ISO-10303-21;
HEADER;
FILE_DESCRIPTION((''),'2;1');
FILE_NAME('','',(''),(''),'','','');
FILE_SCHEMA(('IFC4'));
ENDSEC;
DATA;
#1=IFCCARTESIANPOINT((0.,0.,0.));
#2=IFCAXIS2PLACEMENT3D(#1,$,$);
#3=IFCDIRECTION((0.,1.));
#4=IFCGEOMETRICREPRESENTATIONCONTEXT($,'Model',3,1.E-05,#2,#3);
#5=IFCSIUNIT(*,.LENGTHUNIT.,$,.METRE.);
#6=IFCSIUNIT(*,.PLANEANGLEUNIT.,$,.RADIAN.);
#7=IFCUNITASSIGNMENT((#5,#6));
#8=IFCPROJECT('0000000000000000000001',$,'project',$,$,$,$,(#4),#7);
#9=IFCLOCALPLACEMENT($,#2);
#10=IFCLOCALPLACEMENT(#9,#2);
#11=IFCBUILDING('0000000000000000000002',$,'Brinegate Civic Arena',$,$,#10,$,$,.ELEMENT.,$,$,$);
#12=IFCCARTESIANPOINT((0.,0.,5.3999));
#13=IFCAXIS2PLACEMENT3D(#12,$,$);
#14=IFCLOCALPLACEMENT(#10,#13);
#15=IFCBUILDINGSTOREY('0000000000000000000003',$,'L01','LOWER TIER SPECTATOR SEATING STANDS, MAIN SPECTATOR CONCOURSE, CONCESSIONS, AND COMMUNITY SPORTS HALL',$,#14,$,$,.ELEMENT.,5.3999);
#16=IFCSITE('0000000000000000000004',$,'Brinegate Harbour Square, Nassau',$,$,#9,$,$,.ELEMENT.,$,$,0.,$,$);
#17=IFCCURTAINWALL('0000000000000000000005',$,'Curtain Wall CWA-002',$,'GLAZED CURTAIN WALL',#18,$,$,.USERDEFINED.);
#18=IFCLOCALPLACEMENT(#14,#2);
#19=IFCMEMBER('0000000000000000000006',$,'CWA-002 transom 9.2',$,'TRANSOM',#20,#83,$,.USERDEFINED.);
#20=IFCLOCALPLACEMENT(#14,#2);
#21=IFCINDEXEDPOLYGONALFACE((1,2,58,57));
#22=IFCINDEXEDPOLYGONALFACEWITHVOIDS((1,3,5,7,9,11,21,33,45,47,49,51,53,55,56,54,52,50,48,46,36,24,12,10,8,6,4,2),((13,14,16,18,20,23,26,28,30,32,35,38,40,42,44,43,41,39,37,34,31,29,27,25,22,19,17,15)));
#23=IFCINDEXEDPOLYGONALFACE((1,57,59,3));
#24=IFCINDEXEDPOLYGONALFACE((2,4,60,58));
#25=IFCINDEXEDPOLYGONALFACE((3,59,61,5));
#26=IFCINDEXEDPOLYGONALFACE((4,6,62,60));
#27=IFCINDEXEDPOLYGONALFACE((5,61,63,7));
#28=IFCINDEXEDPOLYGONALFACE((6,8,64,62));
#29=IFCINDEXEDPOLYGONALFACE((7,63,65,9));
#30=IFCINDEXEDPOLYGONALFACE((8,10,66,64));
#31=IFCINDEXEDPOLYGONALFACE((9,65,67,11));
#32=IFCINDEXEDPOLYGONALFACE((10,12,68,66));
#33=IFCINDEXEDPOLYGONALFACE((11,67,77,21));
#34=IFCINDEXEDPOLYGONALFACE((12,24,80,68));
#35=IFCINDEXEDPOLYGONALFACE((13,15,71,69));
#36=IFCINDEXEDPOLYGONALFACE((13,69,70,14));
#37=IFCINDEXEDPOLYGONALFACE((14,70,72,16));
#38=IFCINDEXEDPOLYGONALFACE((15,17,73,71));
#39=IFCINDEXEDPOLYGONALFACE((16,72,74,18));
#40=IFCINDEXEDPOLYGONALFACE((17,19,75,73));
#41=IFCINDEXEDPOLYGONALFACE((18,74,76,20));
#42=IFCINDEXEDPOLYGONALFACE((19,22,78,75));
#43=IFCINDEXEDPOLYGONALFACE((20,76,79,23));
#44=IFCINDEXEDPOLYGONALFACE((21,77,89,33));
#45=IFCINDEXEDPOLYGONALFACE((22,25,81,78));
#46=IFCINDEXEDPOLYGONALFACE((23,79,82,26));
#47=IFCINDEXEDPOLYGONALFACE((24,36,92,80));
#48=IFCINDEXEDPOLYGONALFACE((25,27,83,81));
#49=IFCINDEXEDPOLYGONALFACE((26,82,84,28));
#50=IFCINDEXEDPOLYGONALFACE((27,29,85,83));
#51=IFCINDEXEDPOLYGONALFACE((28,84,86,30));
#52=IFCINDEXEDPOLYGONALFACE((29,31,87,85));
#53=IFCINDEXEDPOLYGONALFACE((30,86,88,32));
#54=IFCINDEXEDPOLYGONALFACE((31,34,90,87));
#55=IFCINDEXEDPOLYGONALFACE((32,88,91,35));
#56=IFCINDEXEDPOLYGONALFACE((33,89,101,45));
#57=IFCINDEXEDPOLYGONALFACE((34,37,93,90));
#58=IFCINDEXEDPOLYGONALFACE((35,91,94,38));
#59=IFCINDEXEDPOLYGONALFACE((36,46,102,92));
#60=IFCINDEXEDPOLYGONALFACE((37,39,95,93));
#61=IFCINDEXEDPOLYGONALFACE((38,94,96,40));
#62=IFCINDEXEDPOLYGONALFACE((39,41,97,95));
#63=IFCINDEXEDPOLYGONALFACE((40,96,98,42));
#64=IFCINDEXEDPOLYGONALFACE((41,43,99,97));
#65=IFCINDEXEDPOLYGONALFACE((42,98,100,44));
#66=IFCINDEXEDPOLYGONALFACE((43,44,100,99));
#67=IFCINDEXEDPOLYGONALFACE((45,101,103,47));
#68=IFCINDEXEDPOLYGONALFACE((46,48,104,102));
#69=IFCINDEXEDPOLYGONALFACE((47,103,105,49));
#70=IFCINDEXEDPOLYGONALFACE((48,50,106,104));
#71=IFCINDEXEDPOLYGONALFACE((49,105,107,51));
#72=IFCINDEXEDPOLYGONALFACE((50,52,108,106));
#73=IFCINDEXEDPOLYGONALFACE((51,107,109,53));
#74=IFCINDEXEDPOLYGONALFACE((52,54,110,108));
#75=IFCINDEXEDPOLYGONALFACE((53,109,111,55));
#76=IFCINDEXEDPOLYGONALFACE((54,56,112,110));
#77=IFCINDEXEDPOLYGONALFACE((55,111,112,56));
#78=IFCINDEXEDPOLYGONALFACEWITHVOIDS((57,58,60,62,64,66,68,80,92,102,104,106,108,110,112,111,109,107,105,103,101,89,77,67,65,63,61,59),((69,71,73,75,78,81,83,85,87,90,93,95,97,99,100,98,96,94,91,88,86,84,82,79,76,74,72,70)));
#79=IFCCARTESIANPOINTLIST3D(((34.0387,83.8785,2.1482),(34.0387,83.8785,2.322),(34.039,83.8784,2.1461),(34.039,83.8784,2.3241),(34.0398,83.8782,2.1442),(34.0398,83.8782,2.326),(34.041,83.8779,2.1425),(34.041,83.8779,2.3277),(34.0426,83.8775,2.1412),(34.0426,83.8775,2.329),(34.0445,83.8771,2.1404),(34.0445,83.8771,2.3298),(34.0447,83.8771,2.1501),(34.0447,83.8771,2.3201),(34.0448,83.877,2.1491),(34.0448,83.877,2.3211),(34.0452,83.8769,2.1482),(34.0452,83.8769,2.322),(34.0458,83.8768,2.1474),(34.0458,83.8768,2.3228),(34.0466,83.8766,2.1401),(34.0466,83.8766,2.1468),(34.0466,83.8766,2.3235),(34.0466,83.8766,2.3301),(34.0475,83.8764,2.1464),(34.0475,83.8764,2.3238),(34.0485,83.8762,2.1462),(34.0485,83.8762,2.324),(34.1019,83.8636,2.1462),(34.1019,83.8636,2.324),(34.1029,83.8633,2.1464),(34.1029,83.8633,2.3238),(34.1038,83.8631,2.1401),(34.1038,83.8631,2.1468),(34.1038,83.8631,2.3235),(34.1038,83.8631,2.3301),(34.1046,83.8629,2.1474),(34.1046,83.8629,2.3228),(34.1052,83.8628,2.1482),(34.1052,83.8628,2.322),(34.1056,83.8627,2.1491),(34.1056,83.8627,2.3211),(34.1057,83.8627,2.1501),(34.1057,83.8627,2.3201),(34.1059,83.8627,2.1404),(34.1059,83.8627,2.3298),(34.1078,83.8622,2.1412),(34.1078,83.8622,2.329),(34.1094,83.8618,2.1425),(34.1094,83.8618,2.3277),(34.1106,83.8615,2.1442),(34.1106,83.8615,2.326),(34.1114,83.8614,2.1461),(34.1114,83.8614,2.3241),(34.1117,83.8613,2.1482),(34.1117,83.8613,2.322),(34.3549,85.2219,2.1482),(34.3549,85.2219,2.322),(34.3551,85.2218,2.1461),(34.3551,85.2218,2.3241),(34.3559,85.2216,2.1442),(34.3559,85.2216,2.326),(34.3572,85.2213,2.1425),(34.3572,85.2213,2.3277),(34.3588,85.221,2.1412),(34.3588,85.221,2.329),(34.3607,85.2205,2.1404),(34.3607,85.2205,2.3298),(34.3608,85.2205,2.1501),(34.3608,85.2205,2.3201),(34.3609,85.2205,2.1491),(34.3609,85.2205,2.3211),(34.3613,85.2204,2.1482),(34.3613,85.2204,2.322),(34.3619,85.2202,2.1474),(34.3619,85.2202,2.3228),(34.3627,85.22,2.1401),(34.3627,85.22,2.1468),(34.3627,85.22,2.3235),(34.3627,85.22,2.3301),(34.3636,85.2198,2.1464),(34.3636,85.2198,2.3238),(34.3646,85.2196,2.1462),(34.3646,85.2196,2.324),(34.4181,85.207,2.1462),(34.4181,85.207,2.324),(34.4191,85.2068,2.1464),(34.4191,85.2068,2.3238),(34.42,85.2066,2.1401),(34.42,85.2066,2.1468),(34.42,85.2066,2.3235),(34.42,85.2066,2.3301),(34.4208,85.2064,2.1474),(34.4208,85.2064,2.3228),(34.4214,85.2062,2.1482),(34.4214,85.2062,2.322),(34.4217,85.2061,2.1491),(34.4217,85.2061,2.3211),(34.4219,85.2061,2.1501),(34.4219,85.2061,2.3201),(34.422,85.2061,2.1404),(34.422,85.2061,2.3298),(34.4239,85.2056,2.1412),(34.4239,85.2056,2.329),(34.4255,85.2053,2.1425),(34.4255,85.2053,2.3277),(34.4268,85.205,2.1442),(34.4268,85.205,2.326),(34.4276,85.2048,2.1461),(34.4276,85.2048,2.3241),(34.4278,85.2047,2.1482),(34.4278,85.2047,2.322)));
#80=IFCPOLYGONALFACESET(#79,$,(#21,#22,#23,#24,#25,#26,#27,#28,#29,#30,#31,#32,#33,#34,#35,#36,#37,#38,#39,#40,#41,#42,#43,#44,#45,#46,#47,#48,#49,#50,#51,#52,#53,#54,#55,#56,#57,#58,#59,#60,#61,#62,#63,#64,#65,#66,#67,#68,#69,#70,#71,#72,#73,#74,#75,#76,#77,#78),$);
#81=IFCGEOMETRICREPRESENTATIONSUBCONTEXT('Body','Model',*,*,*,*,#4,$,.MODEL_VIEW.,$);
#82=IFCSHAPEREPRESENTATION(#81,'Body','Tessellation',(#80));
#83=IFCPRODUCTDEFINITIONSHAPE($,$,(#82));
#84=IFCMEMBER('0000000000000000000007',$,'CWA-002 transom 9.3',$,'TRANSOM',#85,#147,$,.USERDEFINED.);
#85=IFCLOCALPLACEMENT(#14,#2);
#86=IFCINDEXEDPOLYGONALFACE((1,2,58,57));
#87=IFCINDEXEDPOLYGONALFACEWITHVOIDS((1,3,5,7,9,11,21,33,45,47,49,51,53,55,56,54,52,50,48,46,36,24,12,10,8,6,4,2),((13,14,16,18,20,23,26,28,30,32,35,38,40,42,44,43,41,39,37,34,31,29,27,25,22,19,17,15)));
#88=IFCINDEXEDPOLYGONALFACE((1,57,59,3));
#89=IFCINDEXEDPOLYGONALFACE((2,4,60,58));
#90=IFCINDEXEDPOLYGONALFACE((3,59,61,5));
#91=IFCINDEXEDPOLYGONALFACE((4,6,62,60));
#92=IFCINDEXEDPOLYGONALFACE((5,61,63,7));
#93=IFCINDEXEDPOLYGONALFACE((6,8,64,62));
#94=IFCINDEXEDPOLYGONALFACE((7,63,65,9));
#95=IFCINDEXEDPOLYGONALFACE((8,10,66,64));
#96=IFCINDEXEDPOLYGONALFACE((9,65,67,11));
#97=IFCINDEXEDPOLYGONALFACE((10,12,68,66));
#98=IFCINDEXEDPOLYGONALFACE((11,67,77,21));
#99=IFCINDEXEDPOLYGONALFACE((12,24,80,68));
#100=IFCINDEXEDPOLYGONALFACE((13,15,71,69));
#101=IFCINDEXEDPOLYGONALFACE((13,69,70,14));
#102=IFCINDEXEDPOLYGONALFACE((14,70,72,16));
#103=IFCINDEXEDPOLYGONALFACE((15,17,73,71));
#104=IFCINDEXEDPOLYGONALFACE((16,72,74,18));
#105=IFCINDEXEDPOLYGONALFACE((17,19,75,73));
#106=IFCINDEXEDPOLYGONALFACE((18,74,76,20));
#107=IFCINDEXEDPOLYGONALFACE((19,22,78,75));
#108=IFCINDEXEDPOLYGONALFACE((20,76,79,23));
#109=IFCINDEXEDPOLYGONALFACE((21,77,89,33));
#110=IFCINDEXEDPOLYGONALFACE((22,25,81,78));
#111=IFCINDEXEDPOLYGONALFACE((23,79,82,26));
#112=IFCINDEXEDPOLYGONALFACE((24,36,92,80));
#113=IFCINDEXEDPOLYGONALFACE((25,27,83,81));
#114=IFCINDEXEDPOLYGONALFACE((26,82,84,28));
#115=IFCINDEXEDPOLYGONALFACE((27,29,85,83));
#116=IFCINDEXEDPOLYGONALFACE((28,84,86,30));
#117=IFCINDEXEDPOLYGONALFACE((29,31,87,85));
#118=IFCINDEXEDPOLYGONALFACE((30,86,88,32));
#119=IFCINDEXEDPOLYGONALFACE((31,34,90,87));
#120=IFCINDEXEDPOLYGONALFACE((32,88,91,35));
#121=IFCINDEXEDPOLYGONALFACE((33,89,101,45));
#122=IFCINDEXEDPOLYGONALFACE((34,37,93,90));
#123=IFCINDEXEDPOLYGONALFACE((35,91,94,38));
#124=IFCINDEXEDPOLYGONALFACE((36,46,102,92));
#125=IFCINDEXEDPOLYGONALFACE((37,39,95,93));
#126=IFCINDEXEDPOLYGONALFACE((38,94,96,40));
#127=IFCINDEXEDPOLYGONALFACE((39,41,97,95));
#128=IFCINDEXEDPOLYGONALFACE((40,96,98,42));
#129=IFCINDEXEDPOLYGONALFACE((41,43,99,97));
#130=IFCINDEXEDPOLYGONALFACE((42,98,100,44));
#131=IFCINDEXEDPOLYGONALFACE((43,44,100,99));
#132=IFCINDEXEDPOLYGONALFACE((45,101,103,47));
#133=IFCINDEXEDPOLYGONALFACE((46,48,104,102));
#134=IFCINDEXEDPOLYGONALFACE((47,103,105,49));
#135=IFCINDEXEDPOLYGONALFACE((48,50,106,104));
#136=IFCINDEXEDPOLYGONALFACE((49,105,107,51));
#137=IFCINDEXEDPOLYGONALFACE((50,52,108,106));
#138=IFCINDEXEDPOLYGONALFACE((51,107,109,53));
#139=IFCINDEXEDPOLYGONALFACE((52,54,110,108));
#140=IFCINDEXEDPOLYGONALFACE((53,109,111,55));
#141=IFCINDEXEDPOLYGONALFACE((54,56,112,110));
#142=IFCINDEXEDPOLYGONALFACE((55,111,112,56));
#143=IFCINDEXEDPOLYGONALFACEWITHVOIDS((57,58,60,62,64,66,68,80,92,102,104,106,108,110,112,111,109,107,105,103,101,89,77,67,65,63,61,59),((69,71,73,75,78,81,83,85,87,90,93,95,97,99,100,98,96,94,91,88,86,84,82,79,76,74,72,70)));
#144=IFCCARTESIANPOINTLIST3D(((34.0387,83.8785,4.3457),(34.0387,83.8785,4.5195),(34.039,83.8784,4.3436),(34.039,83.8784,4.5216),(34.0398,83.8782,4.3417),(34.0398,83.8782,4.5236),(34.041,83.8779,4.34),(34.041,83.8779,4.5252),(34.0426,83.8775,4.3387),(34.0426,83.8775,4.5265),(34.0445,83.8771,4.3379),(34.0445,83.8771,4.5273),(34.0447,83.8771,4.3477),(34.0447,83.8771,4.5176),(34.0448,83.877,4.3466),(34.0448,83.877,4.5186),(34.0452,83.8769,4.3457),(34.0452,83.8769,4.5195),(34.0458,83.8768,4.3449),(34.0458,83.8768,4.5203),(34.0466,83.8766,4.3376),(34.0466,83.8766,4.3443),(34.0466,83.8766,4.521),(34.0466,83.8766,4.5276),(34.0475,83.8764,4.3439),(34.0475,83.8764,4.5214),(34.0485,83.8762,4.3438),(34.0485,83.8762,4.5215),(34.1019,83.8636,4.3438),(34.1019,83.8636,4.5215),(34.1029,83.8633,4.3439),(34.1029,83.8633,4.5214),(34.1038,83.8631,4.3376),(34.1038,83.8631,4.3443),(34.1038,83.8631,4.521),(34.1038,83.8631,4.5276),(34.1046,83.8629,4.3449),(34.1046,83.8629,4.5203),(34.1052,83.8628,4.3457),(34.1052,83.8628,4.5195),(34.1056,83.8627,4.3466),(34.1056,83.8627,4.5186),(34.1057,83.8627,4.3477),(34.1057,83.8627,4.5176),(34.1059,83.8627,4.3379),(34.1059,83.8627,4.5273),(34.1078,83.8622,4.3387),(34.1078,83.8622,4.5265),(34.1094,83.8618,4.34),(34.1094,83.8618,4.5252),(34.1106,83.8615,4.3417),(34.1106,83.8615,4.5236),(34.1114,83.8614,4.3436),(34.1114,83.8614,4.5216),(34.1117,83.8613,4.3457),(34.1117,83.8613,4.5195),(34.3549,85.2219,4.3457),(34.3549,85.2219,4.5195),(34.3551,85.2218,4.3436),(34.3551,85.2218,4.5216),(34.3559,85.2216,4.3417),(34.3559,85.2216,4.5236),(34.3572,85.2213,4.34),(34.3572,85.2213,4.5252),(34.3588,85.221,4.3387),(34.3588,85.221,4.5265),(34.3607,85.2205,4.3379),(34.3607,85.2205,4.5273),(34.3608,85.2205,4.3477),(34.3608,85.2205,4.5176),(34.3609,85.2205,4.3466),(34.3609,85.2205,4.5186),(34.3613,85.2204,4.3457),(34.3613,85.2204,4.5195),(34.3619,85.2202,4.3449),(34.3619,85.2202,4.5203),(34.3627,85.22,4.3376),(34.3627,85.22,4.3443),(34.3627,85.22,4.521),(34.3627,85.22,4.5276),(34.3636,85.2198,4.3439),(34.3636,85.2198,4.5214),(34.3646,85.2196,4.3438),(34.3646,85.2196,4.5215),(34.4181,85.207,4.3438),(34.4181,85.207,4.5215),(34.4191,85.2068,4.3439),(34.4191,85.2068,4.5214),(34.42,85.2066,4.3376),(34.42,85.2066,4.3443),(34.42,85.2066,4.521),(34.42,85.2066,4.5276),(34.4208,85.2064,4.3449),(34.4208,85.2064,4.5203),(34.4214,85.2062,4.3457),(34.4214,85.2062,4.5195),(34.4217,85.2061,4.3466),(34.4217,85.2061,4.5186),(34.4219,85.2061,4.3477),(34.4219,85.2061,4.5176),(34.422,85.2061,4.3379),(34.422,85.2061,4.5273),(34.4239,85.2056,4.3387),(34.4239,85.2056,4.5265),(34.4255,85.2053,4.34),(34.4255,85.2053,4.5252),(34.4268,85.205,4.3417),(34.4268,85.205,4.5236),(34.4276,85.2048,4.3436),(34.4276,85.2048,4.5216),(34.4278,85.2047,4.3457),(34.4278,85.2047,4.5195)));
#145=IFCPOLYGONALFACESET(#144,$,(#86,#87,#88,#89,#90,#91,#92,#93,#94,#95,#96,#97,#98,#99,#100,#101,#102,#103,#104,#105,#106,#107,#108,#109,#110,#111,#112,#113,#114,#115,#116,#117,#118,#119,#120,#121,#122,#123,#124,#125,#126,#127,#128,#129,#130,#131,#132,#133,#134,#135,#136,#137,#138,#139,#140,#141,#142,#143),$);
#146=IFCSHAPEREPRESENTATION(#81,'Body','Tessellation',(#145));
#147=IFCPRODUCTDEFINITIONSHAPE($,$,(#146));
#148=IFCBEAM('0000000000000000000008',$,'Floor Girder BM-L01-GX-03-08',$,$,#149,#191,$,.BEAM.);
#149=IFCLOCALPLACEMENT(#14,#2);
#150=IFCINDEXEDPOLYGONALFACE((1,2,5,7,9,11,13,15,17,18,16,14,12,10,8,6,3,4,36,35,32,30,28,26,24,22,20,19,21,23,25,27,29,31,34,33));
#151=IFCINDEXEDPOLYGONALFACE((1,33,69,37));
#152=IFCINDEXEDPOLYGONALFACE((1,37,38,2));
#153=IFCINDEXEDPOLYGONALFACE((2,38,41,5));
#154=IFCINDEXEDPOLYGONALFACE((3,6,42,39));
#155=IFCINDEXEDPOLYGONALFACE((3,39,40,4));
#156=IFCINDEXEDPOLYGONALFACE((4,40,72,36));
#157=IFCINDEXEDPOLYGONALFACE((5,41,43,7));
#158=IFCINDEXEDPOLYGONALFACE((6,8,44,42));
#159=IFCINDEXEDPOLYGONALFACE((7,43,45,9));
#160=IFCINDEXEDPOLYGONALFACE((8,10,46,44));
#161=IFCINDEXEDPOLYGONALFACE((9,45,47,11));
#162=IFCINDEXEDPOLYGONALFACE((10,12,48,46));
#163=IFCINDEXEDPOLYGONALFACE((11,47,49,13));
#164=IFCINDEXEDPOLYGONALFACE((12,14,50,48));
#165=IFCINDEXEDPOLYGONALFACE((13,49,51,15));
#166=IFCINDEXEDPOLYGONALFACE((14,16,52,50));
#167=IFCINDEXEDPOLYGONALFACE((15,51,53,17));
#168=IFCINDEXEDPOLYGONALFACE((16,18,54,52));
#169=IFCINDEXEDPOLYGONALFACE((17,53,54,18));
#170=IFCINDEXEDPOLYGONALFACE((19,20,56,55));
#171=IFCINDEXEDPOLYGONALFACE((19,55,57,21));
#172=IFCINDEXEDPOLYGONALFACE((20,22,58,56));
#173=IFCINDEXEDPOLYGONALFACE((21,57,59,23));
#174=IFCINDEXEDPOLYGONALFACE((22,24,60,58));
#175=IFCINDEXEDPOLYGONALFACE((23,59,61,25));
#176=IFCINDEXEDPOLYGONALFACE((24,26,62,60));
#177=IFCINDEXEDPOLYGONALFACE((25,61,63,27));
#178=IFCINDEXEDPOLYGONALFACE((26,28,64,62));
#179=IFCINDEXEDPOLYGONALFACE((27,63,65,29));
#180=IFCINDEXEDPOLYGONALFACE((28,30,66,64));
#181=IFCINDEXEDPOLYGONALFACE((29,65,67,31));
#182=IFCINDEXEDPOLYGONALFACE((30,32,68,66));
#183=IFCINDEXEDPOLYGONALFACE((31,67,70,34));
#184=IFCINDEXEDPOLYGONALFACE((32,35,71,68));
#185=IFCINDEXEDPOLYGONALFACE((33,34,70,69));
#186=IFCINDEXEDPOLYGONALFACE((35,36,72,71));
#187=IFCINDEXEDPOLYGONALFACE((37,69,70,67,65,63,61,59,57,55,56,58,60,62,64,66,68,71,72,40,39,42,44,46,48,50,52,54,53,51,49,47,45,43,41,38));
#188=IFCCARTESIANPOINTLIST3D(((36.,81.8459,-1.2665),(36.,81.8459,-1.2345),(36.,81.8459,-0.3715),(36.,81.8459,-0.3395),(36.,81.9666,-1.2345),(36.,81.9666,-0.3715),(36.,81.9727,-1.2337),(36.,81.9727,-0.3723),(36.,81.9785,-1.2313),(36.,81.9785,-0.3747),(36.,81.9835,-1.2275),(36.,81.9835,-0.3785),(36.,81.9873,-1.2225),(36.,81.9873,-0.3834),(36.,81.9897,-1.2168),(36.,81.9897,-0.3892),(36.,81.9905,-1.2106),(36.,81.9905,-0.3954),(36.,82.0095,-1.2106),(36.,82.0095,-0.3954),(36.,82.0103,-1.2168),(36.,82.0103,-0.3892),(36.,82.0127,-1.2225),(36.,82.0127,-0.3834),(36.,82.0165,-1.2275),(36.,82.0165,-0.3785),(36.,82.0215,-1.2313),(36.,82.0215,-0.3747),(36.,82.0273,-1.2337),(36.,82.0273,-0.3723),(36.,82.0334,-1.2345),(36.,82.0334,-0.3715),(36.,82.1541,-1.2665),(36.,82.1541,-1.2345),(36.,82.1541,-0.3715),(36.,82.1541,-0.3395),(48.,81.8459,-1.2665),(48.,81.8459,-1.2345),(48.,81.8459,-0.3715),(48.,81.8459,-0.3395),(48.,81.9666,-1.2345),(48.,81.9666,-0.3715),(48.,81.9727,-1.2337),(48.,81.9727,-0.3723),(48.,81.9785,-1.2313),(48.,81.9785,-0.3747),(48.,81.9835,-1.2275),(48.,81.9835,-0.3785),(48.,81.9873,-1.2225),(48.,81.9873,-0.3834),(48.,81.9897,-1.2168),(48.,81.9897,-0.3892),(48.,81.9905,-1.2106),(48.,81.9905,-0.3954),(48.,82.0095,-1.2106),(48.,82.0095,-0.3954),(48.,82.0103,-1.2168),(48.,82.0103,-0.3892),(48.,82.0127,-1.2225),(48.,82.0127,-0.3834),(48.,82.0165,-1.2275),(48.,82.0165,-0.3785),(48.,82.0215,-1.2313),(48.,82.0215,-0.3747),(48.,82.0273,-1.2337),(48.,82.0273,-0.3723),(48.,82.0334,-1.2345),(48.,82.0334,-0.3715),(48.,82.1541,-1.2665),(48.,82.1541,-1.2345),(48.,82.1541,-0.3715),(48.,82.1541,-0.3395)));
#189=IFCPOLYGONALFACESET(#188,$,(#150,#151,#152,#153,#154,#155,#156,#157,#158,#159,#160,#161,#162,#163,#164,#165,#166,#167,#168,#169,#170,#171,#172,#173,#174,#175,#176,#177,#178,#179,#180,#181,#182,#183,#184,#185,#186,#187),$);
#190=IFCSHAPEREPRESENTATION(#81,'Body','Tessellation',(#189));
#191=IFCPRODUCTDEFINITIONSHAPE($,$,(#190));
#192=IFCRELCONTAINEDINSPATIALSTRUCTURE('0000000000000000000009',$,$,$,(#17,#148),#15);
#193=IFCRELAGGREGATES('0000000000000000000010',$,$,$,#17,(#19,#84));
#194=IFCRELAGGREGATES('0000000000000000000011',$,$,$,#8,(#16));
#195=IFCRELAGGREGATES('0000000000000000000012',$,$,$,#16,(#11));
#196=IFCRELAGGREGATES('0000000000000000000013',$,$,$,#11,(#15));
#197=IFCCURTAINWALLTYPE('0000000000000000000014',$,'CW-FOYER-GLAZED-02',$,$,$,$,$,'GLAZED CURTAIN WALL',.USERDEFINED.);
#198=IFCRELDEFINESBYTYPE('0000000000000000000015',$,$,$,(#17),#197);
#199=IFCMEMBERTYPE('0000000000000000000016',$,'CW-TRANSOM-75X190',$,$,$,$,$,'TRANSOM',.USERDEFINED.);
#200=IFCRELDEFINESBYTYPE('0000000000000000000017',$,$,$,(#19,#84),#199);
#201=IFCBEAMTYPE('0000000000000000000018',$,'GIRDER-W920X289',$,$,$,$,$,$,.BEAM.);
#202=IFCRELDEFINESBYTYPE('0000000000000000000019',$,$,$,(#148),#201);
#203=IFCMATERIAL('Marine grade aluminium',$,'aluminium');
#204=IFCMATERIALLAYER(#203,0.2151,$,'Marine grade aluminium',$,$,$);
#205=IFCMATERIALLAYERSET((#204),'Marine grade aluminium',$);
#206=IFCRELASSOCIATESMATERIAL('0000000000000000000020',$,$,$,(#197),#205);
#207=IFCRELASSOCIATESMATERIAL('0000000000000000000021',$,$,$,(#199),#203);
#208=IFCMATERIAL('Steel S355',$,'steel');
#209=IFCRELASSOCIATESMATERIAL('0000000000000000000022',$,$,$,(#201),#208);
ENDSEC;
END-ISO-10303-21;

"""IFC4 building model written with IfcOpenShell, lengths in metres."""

from ifc_helpers import new_model, si_unit, direction, frame, origin, origin_2d, place, context, subcontext, project, spatial, hollow_rectangle, i_section, extrude, material, layer, layer_set, material_profile, profile_set, type_object, element, aggregate, save


model = new_model("IFC4")

# Units and contexts
model_context = context("Model", 3, precision=1e-05, world=origin(), true_north=direction((0.0, 1.0)))
body_context = subcontext(model_context, "Body", "Model", "MODEL_VIEW")
ifc_project = project(units=[si_unit("LENGTHUNIT", "METRE"), si_unit("PLANEANGLEUNIT", "RADIAN")], contexts=[model_context])

# Site, building, storey
site_placement = place(None, origin())
site = spatial("IfcSite", under=ifc_project, at=site_placement, Name="Brinegate Harbour Square, Nassau", CompositionType="ELEMENT", RefElevation=0.0)
building_placement = place(site_placement, origin())
building = spatial("IfcBuilding", under=site, at=building_placement, Name="Brinegate Civic Arena", CompositionType="ELEMENT")
storey_placement = place(building_placement, frame((0.0, 0.0, 5.3999)))
storey = spatial("IfcBuildingStorey", under=building, at=storey_placement, Name="L01", Description="LOWER TIER SPECTATOR SEATING STANDS, MAIN SPECTATOR CONCOURSE, CONCESSIONS, AND COMMUNITY SPORTS HALL", CompositionType="ELEMENT", Elevation=5.3999)

# Curtain wall, members
ifc_material_1 = material(Name="Marine grade aluminium", Category="aluminium")
ifc_layer_1 = layer(ifc_material_1, 0.2151, Name="Marine grade aluminium")
ifc_layer_set_1 = layer_set([ifc_layer_1], Name="Marine grade aluminium")
curtain_wall_type = type_object("IfcCurtainWallType", Name="CW-FOYER-GLAZED-02", ElementType="GLAZED CURTAIN WALL", PredefinedType="USERDEFINED", material=ifc_layer_set_1)
curtain_wall_placement = place(storey_placement, origin())
curtain_wall = element("IfcCurtainWall", 1, at=curtain_wall_placement, inside=storey, type_object=curtain_wall_type, Name="Curtain Wall CWA-002", ObjectType="GLAZED CURTAIN WALL", PredefinedType="USERDEFINED")
ifc_material_profile_1 = material_profile(ifc_material_1, hollow_rectangle(XDim=0.075, YDim=0.1899, WallThickness=0.0061, InnerFilletRadius=0.0039, OuterFilletRadius=0.0081, at=origin_2d()), Name="TRN75X190")
ifc_profile_set_1 = profile_set([ifc_material_profile_1], Name="Marine grade aluminium")
member_type_1 = type_object("IfcMemberType", Name="CW-TRANSOM-75X190", ElementType="TRANSOM", PredefinedType="USERDEFINED", material=ifc_profile_set_1)
member_1_placement = place(storey_placement, frame((34.0752, 83.8699, 2.2351), z_axis=(0.229069, 0.97341, 0.0), x_axis=(-0.97341, 0.229069, 0.0)))
member_1 = element("IfcMember", 2, at=member_1_placement, type_object=member_type_1, Name="CWA-002 transom 9.2", ObjectType="TRANSOM", PredefinedType="USERDEFINED", context=body_context, shape_type="SweptSolid", body=[
    extrude(hollow_rectangle(XDim=0.075, YDim=0.1899, WallThickness=0.0061, InnerFilletRadius=0.0039, OuterFilletRadius=0.0081, at=origin_2d()), origin(), (0.0, 0.0, 1.0), 1.3801),
])
member_2_placement = place(storey_placement, frame((34.0752, 83.8699, 4.4326), z_axis=(0.229069, 0.97341, 0.0), x_axis=(-0.97341, 0.229069, 0.0)))
member_2 = element("IfcMember", 3, at=member_2_placement, type_object=member_type_1, Name="CWA-002 transom 9.3", ObjectType="TRANSOM", PredefinedType="USERDEFINED", context=body_context, shape_type="SweptSolid", body=[
    extrude(hollow_rectangle(XDim=0.075, YDim=0.1899, WallThickness=0.0061, InnerFilletRadius=0.0039, OuterFilletRadius=0.0081, at=origin_2d()), origin(), (0.0, 0.0, 1.0), 1.3801),
])

# Beam
ifc_material_2 = material(Name="Steel S355", Category="steel")
ifc_material_profile_2 = material_profile(ifc_material_2, i_section(OverallWidth=0.3081, OverallDepth=0.927, WebThickness=0.019, FlangeThickness=0.032, FilletRadius=0.0239, at=origin_2d()), Name="W920X289")
ifc_profile_set_2 = profile_set([ifc_material_profile_2], Name="Steel S355")
beam_type = type_object("IfcBeamType", Name="GIRDER-W920X289", PredefinedType="BEAM", material=ifc_profile_set_2)
beam_placement = place(storey_placement, frame((36.0, 82.0, -0.803), z_axis=(1.0, 0.0, 0.0), x_axis=(0.0, 1.0, 0.0)))
element("IfcBeam", 4, at=beam_placement, inside=storey, type_object=beam_type, Name="Floor Girder BM-L01-GX-03-08", PredefinedType="BEAM", context=body_context, shape_type="SweptSolid", body=[
    extrude(i_section(OverallWidth=0.3081, OverallDepth=0.927, WebThickness=0.019, FlangeThickness=0.032, FilletRadius=0.0239, at=origin_2d()), origin(), (0.0, 0.0, 1.0), 12.0),
])

aggregate(curtain_wall, [member_1, member_2])

save(model, "model.ifc")
